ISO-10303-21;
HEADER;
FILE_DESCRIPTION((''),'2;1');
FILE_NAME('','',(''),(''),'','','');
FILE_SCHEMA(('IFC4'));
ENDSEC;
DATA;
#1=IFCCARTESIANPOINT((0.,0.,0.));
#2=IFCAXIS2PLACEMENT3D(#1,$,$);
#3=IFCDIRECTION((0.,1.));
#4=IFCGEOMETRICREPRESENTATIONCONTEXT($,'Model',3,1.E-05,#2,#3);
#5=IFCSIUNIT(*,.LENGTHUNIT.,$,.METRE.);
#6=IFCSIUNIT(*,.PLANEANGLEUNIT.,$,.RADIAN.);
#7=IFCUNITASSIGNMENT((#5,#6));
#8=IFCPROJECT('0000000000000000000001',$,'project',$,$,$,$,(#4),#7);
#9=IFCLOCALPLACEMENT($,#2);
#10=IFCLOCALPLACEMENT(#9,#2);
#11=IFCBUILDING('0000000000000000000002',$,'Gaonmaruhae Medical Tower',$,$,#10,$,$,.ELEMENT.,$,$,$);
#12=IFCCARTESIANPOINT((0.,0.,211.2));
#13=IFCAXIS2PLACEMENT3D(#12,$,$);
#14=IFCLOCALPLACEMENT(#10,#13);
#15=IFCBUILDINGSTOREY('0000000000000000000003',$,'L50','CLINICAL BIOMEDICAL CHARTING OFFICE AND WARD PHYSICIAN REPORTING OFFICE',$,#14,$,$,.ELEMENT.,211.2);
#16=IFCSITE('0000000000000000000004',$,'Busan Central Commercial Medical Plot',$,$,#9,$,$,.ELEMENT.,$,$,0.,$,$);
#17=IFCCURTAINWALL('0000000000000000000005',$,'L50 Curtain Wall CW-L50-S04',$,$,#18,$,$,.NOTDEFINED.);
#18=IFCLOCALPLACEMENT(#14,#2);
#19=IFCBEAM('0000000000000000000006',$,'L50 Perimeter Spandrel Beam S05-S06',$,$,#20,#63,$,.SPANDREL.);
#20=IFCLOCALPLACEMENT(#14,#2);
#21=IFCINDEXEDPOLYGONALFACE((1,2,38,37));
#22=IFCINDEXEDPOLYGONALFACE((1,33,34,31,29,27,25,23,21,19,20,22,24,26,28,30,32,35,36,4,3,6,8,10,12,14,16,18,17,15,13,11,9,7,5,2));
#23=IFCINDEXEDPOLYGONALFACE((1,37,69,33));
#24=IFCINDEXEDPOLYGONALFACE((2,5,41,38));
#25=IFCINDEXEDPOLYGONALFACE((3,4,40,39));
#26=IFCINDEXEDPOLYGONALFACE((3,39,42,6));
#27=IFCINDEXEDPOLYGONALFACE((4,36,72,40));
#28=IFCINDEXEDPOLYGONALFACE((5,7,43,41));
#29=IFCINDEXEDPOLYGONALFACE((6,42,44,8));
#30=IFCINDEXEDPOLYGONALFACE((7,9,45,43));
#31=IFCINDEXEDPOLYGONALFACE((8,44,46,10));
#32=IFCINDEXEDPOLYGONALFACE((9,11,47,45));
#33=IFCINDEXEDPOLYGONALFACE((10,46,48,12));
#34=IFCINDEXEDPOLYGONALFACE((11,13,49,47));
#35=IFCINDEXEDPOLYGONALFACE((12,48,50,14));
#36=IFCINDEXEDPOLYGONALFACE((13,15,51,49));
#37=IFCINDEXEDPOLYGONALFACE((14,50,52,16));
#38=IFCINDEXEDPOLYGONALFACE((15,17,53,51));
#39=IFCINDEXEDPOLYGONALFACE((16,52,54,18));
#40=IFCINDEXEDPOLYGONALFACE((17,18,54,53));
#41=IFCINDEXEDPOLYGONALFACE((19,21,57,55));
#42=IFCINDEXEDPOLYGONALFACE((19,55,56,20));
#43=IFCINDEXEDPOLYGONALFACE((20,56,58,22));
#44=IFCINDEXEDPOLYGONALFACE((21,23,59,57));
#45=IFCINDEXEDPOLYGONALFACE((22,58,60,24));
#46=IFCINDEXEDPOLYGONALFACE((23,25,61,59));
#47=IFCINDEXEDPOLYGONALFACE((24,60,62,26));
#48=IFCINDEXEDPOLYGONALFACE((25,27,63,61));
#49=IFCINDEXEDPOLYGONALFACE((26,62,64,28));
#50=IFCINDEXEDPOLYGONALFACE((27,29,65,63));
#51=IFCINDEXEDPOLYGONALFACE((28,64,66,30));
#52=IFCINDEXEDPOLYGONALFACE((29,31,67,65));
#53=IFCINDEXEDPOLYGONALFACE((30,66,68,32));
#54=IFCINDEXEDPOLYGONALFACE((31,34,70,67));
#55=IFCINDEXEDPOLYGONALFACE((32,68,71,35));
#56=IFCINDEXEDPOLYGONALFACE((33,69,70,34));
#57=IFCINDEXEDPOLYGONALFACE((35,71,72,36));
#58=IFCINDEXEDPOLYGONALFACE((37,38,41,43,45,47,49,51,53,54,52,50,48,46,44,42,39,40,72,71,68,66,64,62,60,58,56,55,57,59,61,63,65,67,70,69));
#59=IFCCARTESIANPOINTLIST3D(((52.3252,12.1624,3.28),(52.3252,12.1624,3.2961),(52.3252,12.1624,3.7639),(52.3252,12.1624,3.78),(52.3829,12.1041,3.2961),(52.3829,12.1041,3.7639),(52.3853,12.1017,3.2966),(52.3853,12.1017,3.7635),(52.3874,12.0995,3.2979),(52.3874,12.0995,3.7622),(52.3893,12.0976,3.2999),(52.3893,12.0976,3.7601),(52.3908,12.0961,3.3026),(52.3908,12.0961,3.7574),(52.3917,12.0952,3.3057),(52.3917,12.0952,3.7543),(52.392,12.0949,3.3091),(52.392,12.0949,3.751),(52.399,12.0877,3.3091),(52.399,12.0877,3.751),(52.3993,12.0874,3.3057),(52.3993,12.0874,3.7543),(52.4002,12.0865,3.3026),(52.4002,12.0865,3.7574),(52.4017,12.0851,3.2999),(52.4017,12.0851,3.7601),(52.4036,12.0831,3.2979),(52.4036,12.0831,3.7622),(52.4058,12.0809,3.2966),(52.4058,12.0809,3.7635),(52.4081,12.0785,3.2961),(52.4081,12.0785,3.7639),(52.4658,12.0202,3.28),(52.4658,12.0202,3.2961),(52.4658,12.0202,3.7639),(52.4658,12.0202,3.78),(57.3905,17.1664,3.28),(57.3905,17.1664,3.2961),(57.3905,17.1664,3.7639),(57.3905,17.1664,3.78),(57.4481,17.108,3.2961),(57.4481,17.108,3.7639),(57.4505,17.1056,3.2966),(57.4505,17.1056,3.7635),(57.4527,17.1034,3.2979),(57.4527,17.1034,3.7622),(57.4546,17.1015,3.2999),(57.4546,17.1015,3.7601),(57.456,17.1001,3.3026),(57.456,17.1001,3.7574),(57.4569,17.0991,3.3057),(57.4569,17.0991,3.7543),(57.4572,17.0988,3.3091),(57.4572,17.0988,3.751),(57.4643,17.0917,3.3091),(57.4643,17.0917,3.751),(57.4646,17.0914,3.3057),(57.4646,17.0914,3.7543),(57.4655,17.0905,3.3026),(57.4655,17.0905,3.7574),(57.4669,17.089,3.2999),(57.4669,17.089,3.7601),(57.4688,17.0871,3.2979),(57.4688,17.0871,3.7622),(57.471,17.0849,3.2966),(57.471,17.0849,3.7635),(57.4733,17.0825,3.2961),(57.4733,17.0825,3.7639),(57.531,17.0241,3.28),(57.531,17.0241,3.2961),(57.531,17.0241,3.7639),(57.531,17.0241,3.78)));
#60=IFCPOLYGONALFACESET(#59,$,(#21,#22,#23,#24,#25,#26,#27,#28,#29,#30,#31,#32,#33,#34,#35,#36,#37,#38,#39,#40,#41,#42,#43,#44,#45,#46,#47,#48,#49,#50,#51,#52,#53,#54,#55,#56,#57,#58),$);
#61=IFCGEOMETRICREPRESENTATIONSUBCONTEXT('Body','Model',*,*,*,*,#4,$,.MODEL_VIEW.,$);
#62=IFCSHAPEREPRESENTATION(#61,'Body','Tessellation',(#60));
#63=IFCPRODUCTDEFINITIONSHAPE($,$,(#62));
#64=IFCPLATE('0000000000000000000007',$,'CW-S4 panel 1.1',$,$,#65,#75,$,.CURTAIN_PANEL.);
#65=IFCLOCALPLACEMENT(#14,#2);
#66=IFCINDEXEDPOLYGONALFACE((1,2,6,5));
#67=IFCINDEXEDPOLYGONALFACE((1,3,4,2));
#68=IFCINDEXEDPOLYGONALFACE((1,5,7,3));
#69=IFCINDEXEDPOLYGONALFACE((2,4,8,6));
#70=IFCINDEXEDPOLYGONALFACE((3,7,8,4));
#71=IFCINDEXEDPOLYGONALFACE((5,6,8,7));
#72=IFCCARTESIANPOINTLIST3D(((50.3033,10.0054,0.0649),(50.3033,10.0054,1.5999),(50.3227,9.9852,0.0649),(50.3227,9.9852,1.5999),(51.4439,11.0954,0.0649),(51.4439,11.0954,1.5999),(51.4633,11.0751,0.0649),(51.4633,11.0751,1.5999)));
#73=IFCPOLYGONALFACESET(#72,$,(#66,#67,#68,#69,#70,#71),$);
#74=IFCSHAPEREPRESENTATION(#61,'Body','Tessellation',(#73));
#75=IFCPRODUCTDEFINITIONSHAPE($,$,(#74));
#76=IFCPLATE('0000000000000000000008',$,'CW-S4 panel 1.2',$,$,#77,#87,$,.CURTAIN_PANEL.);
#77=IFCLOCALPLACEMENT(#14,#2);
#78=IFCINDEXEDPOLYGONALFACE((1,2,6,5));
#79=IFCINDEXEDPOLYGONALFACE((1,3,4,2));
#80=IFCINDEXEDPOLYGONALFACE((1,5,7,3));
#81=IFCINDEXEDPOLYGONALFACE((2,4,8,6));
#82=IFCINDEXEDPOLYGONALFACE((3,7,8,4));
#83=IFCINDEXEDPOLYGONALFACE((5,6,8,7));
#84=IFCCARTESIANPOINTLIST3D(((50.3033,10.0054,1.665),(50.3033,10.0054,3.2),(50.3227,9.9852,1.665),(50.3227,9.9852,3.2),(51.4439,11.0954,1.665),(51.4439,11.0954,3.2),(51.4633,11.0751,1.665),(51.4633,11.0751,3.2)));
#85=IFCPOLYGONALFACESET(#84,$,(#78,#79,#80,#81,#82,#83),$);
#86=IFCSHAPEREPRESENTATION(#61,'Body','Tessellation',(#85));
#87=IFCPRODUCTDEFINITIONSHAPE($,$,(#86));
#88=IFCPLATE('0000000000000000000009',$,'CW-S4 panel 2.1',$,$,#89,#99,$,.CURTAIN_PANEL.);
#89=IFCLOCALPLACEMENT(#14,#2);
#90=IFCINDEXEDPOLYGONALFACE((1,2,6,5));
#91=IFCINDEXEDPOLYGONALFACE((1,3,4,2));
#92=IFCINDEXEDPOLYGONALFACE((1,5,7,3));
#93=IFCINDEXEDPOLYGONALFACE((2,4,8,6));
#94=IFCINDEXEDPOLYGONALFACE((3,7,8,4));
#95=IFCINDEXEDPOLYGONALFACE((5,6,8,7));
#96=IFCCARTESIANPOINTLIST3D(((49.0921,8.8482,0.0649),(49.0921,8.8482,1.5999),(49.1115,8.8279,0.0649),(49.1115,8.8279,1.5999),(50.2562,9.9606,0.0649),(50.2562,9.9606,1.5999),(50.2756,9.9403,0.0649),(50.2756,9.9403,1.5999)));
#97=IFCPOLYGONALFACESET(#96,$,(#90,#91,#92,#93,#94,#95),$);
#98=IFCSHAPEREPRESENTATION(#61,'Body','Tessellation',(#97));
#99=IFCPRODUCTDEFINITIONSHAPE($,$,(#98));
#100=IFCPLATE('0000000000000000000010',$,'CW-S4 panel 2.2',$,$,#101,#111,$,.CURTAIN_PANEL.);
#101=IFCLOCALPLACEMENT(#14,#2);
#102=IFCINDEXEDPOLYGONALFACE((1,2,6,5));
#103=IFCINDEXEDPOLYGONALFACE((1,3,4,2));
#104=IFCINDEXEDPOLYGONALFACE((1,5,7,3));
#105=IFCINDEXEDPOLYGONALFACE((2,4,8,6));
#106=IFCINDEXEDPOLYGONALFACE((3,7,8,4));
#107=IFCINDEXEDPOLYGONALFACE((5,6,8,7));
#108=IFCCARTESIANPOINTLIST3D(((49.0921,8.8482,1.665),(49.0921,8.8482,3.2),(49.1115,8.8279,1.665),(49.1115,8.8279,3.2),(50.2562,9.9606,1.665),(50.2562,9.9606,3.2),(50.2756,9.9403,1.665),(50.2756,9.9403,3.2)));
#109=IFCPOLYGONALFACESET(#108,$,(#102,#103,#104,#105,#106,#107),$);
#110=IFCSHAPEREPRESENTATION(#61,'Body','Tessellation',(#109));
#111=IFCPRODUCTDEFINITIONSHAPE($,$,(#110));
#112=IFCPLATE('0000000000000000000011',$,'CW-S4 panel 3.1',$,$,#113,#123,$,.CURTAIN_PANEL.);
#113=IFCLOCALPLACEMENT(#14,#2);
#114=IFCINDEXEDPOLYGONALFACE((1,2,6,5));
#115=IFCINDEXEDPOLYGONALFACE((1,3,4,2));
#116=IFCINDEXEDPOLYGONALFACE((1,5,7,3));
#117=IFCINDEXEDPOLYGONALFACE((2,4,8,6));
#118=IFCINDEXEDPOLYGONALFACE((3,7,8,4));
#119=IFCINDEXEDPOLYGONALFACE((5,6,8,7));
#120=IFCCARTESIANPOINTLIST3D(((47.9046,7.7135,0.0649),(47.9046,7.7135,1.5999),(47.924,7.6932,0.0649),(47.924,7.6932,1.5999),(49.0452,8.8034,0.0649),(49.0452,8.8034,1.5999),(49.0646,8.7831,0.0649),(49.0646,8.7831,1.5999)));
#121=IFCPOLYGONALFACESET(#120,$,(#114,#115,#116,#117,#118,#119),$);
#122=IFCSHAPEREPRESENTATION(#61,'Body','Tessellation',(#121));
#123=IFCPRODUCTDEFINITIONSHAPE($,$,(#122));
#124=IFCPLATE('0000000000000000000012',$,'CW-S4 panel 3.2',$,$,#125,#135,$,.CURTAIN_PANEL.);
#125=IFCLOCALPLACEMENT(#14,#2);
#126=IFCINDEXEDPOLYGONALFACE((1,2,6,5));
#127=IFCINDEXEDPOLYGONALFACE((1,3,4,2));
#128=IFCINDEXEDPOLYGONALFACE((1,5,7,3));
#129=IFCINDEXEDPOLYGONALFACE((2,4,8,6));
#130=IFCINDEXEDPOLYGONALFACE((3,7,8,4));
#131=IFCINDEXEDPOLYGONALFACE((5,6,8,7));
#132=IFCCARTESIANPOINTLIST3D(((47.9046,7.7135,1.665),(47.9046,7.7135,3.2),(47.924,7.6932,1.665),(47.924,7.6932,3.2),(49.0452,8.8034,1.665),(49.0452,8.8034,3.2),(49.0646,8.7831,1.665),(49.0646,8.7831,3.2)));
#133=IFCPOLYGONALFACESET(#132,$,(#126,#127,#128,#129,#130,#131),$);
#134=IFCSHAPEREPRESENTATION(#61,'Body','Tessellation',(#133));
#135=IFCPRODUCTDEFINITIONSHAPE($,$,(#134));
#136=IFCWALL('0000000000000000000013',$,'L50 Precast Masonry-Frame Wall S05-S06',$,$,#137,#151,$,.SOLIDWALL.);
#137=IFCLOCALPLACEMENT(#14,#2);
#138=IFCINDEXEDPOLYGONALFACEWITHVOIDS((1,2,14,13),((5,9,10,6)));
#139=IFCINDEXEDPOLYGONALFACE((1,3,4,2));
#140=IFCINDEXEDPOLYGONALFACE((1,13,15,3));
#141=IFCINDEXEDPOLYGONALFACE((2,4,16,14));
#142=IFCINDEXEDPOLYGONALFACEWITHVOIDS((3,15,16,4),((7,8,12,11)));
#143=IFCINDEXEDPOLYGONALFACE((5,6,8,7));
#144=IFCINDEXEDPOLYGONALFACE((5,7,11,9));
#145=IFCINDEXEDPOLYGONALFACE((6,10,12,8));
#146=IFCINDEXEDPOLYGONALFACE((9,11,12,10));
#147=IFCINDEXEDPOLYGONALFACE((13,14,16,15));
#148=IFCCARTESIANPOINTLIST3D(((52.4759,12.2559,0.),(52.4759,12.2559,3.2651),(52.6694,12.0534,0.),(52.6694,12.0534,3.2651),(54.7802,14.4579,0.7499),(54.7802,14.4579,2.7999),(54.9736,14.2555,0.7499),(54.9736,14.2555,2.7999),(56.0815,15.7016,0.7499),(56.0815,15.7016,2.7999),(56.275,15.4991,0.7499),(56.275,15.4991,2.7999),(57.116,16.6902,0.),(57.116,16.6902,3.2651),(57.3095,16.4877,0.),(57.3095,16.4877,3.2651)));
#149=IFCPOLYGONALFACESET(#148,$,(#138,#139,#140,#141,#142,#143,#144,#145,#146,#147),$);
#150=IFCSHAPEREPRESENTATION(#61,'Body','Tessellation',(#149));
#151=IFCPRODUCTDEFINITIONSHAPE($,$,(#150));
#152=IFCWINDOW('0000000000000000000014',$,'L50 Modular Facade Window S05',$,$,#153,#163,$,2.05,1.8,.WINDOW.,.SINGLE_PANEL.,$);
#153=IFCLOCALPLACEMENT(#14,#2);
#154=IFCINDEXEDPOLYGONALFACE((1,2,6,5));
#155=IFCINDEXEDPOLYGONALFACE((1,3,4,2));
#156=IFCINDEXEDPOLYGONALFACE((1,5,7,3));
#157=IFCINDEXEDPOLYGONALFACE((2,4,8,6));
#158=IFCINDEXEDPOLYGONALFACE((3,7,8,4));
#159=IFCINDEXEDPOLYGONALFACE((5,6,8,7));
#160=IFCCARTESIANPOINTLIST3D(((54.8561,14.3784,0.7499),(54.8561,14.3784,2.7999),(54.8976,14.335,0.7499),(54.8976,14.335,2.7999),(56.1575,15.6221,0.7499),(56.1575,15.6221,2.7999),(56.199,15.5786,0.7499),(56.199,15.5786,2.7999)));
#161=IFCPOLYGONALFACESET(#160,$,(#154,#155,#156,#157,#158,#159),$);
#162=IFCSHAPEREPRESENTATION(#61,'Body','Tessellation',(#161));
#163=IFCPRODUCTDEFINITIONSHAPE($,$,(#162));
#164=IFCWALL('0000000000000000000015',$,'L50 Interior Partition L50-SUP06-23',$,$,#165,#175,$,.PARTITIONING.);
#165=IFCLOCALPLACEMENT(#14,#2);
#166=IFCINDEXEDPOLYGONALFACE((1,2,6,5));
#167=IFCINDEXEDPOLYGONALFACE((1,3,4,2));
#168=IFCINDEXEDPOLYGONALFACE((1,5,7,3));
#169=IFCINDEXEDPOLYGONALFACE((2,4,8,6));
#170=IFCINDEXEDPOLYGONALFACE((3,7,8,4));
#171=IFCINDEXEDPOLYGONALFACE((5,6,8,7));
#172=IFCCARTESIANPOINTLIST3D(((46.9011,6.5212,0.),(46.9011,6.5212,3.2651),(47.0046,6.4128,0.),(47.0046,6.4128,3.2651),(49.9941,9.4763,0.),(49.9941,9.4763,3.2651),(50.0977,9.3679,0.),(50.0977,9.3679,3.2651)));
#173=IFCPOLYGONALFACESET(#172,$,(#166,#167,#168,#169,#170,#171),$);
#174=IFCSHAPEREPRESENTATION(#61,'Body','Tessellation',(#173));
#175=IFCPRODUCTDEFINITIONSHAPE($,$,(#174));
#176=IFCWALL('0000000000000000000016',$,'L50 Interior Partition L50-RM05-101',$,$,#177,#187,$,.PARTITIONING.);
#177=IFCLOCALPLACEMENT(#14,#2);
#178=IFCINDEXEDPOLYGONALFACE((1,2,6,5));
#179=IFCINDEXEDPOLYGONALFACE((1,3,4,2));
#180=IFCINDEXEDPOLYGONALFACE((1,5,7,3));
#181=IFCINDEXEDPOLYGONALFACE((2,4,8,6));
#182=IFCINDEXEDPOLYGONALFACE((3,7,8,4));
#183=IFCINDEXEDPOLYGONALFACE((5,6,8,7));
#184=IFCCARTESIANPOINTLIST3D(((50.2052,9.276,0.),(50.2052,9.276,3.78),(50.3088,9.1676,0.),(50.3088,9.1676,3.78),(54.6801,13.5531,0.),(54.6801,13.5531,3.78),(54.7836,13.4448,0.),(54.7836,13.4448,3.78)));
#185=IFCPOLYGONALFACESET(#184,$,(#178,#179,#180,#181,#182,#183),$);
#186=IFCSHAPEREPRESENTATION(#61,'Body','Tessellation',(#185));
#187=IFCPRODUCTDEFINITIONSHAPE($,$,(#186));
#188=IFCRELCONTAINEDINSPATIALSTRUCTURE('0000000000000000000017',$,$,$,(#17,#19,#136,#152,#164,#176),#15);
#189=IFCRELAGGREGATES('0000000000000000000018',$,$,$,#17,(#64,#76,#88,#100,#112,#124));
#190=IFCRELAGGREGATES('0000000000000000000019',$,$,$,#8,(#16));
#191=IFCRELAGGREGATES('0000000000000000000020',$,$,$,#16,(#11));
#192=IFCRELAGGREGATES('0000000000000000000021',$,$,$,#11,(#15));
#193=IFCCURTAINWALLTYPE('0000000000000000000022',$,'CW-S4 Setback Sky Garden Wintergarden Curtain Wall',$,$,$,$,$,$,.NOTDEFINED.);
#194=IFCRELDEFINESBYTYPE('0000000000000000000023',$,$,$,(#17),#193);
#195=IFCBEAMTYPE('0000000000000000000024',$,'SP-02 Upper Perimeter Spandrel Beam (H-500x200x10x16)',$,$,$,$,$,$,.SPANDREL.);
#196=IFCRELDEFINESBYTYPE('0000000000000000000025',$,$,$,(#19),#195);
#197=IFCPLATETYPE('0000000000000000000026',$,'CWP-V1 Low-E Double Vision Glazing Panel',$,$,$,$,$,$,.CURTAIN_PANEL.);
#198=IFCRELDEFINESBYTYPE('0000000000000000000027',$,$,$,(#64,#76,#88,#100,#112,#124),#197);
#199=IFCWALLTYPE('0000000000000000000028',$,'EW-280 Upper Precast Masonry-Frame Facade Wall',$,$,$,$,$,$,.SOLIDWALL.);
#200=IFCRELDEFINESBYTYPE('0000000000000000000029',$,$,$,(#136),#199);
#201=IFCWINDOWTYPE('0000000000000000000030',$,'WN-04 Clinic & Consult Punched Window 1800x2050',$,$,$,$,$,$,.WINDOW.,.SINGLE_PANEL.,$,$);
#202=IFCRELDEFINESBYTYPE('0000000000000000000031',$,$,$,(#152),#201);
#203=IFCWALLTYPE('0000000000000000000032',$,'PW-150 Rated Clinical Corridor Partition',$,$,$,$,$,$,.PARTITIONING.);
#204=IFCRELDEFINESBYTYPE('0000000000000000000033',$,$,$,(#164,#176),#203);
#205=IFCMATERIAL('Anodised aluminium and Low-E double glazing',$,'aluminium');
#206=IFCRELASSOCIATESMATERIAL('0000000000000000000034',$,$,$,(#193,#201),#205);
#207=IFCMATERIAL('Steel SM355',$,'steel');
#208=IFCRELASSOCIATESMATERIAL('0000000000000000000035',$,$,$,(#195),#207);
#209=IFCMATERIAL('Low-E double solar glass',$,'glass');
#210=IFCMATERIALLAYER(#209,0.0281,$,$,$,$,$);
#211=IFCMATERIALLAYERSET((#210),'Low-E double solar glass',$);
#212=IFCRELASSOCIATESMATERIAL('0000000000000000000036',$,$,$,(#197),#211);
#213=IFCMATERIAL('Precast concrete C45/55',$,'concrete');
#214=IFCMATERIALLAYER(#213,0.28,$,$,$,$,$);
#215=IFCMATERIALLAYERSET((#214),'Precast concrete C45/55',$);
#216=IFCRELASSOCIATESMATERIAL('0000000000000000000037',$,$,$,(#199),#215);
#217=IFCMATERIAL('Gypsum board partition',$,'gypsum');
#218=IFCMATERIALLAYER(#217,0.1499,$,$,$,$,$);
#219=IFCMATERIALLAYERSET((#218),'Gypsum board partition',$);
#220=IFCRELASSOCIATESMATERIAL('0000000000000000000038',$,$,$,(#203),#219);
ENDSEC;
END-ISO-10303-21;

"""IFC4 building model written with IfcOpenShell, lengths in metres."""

from ifc_helpers import new_model, si_unit, direction, frame, frame_2d, origin, origin_2d, place, context, subcontext, project, spatial, rectangle, i_section, extrude, material, layer, layer_set, material_profile, profile_set, type_object, element, fill, aggregate, save


model = new_model("IFC4")

# Units and contexts
model_context = context("Model", 3, precision=1e-05, world=origin(), true_north=direction((0.0, 1.0)))
body_context = subcontext(model_context, "Body", "Model", "MODEL_VIEW")
ifc_project = project(units=[si_unit("LENGTHUNIT", "METRE"), si_unit("PLANEANGLEUNIT", "RADIAN")], contexts=[model_context])

# Site, building, storey
site_placement = place(None, origin())
site = spatial("IfcSite", under=ifc_project, at=site_placement, Name="Busan Central Commercial Medical Plot", CompositionType="ELEMENT", RefElevation=0.0)
building_placement = place(site_placement, origin())
building = spatial("IfcBuilding", under=site, at=building_placement, Name="Gaonmaruhae Medical Tower", CompositionType="ELEMENT")
storey_placement = place(building_placement, frame((0.0, 0.0, 211.2)))
storey = spatial("IfcBuildingStorey", under=building, at=storey_placement, Name="L50", Description="CLINICAL BIOMEDICAL CHARTING OFFICE AND WARD PHYSICIAN REPORTING OFFICE", CompositionType="ELEMENT", Elevation=211.2)

# Curtain wall
ifc_material_1 = material(Name="Anodised aluminium and Low-E double glazing", Category="aluminium")
curtain_wall_type = type_object("IfcCurtainWallType", Name="CW-S4 Setback Sky Garden Wintergarden Curtain Wall", PredefinedType="NOTDEFINED", material=ifc_material_1)
curtain_wall_placement = place(storey_placement, origin())
curtain_wall = element("IfcCurtainWall", 1, at=curtain_wall_placement, inside=storey, type_object=curtain_wall_type, Name="L50 Curtain Wall CW-L50-S04", PredefinedType="NOTDEFINED")

# Beam
ifc_material_2 = material(Name="Steel SM355", Category="steel")
ifc_material_profile_1 = material_profile(ifc_material_2, i_section(OverallWidth=0.2, OverallDepth=0.5, WebThickness=0.01, FlangeThickness=0.0161, FilletRadius=0.0129, at=origin_2d()), Name="H-500x200x10x16")
ifc_profile_set_1 = profile_set([ifc_material_profile_1], Name="Steel SM355")
beam_type = type_object("IfcBeamType", Name="SP-02 Upper Perimeter Spandrel Beam (H-500x200x10x16)", PredefinedType="SPANDREL", material=ifc_profile_set_1)
beam_placement = place(storey_placement, frame((52.3955, 12.0913, 3.53), z_axis=(0.711397, 0.70279, 0.0), x_axis=(-0.70279, 0.711397, 0.0)))
element("IfcBeam", 2, at=beam_placement, inside=storey, type_object=beam_type, Name="L50 Perimeter Spandrel Beam S05-S06", PredefinedType="SPANDREL", context=body_context, shape_type="SweptSolid", body=[
    extrude(i_section(OverallWidth=0.2, OverallDepth=0.5, WebThickness=0.01, FlangeThickness=0.0161, FilletRadius=0.0129, at=origin_2d()), origin(), (0.0, 0.0, 1.0), 7.1201),
])

# Plates
ifc_material_3 = material(Name="Low-E double solar glass", Category="glass")
ifc_layer_1 = layer(ifc_material_3, 0.0281)
ifc_layer_set_1 = layer_set([ifc_layer_1], Name="Low-E double solar glass")
plate_type = type_object("IfcPlateType", Name="CWP-V1 Low-E Double Vision Glazing Panel", PredefinedType="CURTAIN_PANEL", material=ifc_layer_set_1)
plate_1_placement = place(storey_placement, frame((50.8833, 10.5403, 0.0649), z_axis=(0.0, 0.0, 1.0), x_axis=(-0.722964, -0.690886, 0.0)))
plate_1 = element("IfcPlate", 3, at=plate_1_placement, type_object=plate_type, Name="CW-S4 panel 1.1", PredefinedType="CURTAIN_PANEL", context=body_context, shape_type="SweptSolid", body=[
    extrude(rectangle(XDim=1.5776, YDim=0.0281, at=origin_2d()), origin(), (0.0, 0.0, 1.0), 1.5349),
])
plate_2_placement = place(storey_placement, frame((50.8833, 10.5403, 1.665), z_axis=(0.0, 0.0, 1.0), x_axis=(-0.722964, -0.690886, 0.0)))
plate_2 = element("IfcPlate", 4, at=plate_2_placement, type_object=plate_type, Name="CW-S4 panel 1.2", PredefinedType="CURTAIN_PANEL", context=body_context, shape_type="SweptSolid", body=[
    extrude(rectangle(XDim=1.5776, YDim=0.0281, at=origin_2d()), origin(), (0.0, 0.0, 1.0), 1.5349),
])
plate_3_placement = place(storey_placement, frame((49.6838, 9.3943, 0.0649), z_axis=(0.0, 0.0, 1.0), x_axis=(-0.722964, -0.690886, 0.0)))
plate_3 = element("IfcPlate", 5, at=plate_3_placement, type_object=plate_type, Name="CW-S4 panel 2.1", PredefinedType="CURTAIN_PANEL", context=body_context, shape_type="SweptSolid", body=[
    extrude(rectangle(XDim=1.6101, YDim=0.0281, at=origin_2d()), origin(), (0.0, 0.0, 1.0), 1.5349),
])
plate_4_placement = place(storey_placement, frame((49.6838, 9.3943, 1.665), z_axis=(0.0, 0.0, 1.0), x_axis=(-0.722964, -0.690886, 0.0)))
plate_4 = element("IfcPlate", 6, at=plate_4_placement, type_object=plate_type, Name="CW-S4 panel 2.2", PredefinedType="CURTAIN_PANEL", context=body_context, shape_type="SweptSolid", body=[
    extrude(rectangle(XDim=1.6101, YDim=0.0281, at=origin_2d()), origin(), (0.0, 0.0, 1.0), 1.5349),
])
plate_5_placement = place(storey_placement, frame((48.4846, 8.2483, 0.0649), z_axis=(0.0, 0.0, 1.0), x_axis=(-0.722964, -0.690886, 0.0)))
plate_5 = element("IfcPlate", 7, at=plate_5_placement, type_object=plate_type, Name="CW-S4 panel 3.1", PredefinedType="CURTAIN_PANEL", context=body_context, shape_type="SweptSolid", body=[
    extrude(rectangle(XDim=1.5776, YDim=0.0281, at=origin_2d()), origin(), (0.0, 0.0, 1.0), 1.5349),
])
plate_6_placement = place(storey_placement, frame((48.4846, 8.2483, 1.665), z_axis=(0.0, 0.0, 1.0), x_axis=(-0.722964, -0.690886, 0.0)))
plate_6 = element("IfcPlate", 8, at=plate_6_placement, type_object=plate_type, Name="CW-S4 panel 3.2", PredefinedType="CURTAIN_PANEL", context=body_context, shape_type="SweptSolid", body=[
    extrude(rectangle(XDim=1.5776, YDim=0.0281, at=origin_2d()), origin(), (0.0, 0.0, 1.0), 1.5349),
])
aggregate(curtain_wall, [plate_1, plate_2, plate_3, plate_4, plate_5, plate_6])

# Wall, opening, window
ifc_material_4 = material(Name="Precast concrete C45/55", Category="concrete")
ifc_layer_2 = layer(ifc_material_4, 0.28)
ifc_layer_set_2 = layer_set([ifc_layer_2], Name="Precast concrete C45/55")
wall_type_1 = type_object("IfcWallType", Name="EW-280 Upper Precast Masonry-Frame Facade Wall", PredefinedType="SOLIDWALL", material=ifc_layer_set_2)
wall_1_placement = place(storey_placement, frame((57.2126, 16.5889, 0.0), z_axis=(0.0, 0.0, 1.0), x_axis=(-0.722958, -0.690892, 0.0)))
wall_1 = element("IfcWall", 9, at=wall_1_placement, inside=storey, type_object=wall_type_1, Name="L50 Precast Masonry-Frame Wall S05-S06", PredefinedType="SOLIDWALL", context=body_context, shape_type="SweptSolid", body=[
    extrude(rectangle(XDim=6.4182, YDim=0.28, at=frame_2d((3.209, 0.0))), origin(), (0.0, 0.0, 1.0), 3.2651),
])
opening_placement = place(wall_1_placement, frame((1.4309, 0.0, 0.75)))
opening = element("IfcOpeningElement", 10, at=opening_placement, cuts=wall_1, PredefinedType="OPENING", context=body_context, shape_type="SweptSolid", body=[
    extrude(rectangle(XDim=1.8, YDim=2.05, at=frame_2d((0.8999, 1.0249))), frame((0.0, 0.1499, 0.0), z_axis=(0.0, -1.0, 0.0), x_axis=(1.0, 0.0, 0.0)), (0.0, 0.0, 1.0), 0.3),
])
window_type = type_object("IfcWindowType", Name="WN-04 Clinic & Consult Punched Window 1800x2050", PartitioningType="SINGLE_PANEL", PredefinedType="WINDOW", material=ifc_material_1)
window_placement = place(opening_placement, origin())
window = element("IfcWindow", 11, at=window_placement, inside=storey, type_object=window_type, Name="L50 Modular Facade Window S05", OverallHeight=2.05, OverallWidth=1.8, PartitioningType="SINGLE_PANEL", PredefinedType="WINDOW", context=body_context, shape_type="SweptSolid", body=[
    extrude(rectangle(XDim=1.8, YDim=2.05, at=frame_2d((0.8999, 1.0249))), frame((0.0, 0.03, 0.0), z_axis=(0.0, -1.0, 0.0), x_axis=(1.0, 0.0, 0.0)), (0.0, 0.0, 1.0), 0.0601),
])
fill(opening, window)

# Walls
ifc_material_5 = material(Name="Gypsum board partition", Category="gypsum")
ifc_layer_3 = layer(ifc_material_5, 0.1499)
ifc_layer_set_3 = layer_set([ifc_layer_3], Name="Gypsum board partition")
wall_type_2 = type_object("IfcWallType", Name="PW-150 Rated Clinical Corridor Partition", PredefinedType="PARTITIONING", material=ifc_layer_set_3)
wall_2_placement = place(storey_placement, frame((50.0459, 9.4221, 0.0), z_axis=(0.0, 0.0, 1.0), x_axis=(-0.723046, -0.6908, 0.0)))
element("IfcWall", 12, at=wall_2_placement, inside=storey, type_object=wall_type_2, Name="L50 Interior Partition L50-SUP06-23", PredefinedType="PARTITIONING", context=body_context, shape_type="SweptSolid", body=[
    extrude(rectangle(XDim=4.2778, YDim=0.1499, at=frame_2d((2.1389, 0.0))), origin(), (0.0, 0.0, 1.0), 3.2651),
])
wall_3_placement = place(storey_placement, frame((54.7319, 13.499, 0.0), z_axis=(0.0, 0.0, 1.0), x_axis=(-0.7229, -0.690953, 0.0)))
element("IfcWall", 13, at=wall_3_placement, inside=storey, type_object=wall_type_2, Name="L50 Interior Partition L50-RM05-101", PredefinedType="PARTITIONING", context=body_context, shape_type="SweptSolid", body=[
    extrude(rectangle(XDim=6.1902, YDim=0.1499, at=frame_2d((3.0952, 0.0))), origin(), (0.0, 0.0, 1.0), 3.78),
])

save(model, "model.ifc")
